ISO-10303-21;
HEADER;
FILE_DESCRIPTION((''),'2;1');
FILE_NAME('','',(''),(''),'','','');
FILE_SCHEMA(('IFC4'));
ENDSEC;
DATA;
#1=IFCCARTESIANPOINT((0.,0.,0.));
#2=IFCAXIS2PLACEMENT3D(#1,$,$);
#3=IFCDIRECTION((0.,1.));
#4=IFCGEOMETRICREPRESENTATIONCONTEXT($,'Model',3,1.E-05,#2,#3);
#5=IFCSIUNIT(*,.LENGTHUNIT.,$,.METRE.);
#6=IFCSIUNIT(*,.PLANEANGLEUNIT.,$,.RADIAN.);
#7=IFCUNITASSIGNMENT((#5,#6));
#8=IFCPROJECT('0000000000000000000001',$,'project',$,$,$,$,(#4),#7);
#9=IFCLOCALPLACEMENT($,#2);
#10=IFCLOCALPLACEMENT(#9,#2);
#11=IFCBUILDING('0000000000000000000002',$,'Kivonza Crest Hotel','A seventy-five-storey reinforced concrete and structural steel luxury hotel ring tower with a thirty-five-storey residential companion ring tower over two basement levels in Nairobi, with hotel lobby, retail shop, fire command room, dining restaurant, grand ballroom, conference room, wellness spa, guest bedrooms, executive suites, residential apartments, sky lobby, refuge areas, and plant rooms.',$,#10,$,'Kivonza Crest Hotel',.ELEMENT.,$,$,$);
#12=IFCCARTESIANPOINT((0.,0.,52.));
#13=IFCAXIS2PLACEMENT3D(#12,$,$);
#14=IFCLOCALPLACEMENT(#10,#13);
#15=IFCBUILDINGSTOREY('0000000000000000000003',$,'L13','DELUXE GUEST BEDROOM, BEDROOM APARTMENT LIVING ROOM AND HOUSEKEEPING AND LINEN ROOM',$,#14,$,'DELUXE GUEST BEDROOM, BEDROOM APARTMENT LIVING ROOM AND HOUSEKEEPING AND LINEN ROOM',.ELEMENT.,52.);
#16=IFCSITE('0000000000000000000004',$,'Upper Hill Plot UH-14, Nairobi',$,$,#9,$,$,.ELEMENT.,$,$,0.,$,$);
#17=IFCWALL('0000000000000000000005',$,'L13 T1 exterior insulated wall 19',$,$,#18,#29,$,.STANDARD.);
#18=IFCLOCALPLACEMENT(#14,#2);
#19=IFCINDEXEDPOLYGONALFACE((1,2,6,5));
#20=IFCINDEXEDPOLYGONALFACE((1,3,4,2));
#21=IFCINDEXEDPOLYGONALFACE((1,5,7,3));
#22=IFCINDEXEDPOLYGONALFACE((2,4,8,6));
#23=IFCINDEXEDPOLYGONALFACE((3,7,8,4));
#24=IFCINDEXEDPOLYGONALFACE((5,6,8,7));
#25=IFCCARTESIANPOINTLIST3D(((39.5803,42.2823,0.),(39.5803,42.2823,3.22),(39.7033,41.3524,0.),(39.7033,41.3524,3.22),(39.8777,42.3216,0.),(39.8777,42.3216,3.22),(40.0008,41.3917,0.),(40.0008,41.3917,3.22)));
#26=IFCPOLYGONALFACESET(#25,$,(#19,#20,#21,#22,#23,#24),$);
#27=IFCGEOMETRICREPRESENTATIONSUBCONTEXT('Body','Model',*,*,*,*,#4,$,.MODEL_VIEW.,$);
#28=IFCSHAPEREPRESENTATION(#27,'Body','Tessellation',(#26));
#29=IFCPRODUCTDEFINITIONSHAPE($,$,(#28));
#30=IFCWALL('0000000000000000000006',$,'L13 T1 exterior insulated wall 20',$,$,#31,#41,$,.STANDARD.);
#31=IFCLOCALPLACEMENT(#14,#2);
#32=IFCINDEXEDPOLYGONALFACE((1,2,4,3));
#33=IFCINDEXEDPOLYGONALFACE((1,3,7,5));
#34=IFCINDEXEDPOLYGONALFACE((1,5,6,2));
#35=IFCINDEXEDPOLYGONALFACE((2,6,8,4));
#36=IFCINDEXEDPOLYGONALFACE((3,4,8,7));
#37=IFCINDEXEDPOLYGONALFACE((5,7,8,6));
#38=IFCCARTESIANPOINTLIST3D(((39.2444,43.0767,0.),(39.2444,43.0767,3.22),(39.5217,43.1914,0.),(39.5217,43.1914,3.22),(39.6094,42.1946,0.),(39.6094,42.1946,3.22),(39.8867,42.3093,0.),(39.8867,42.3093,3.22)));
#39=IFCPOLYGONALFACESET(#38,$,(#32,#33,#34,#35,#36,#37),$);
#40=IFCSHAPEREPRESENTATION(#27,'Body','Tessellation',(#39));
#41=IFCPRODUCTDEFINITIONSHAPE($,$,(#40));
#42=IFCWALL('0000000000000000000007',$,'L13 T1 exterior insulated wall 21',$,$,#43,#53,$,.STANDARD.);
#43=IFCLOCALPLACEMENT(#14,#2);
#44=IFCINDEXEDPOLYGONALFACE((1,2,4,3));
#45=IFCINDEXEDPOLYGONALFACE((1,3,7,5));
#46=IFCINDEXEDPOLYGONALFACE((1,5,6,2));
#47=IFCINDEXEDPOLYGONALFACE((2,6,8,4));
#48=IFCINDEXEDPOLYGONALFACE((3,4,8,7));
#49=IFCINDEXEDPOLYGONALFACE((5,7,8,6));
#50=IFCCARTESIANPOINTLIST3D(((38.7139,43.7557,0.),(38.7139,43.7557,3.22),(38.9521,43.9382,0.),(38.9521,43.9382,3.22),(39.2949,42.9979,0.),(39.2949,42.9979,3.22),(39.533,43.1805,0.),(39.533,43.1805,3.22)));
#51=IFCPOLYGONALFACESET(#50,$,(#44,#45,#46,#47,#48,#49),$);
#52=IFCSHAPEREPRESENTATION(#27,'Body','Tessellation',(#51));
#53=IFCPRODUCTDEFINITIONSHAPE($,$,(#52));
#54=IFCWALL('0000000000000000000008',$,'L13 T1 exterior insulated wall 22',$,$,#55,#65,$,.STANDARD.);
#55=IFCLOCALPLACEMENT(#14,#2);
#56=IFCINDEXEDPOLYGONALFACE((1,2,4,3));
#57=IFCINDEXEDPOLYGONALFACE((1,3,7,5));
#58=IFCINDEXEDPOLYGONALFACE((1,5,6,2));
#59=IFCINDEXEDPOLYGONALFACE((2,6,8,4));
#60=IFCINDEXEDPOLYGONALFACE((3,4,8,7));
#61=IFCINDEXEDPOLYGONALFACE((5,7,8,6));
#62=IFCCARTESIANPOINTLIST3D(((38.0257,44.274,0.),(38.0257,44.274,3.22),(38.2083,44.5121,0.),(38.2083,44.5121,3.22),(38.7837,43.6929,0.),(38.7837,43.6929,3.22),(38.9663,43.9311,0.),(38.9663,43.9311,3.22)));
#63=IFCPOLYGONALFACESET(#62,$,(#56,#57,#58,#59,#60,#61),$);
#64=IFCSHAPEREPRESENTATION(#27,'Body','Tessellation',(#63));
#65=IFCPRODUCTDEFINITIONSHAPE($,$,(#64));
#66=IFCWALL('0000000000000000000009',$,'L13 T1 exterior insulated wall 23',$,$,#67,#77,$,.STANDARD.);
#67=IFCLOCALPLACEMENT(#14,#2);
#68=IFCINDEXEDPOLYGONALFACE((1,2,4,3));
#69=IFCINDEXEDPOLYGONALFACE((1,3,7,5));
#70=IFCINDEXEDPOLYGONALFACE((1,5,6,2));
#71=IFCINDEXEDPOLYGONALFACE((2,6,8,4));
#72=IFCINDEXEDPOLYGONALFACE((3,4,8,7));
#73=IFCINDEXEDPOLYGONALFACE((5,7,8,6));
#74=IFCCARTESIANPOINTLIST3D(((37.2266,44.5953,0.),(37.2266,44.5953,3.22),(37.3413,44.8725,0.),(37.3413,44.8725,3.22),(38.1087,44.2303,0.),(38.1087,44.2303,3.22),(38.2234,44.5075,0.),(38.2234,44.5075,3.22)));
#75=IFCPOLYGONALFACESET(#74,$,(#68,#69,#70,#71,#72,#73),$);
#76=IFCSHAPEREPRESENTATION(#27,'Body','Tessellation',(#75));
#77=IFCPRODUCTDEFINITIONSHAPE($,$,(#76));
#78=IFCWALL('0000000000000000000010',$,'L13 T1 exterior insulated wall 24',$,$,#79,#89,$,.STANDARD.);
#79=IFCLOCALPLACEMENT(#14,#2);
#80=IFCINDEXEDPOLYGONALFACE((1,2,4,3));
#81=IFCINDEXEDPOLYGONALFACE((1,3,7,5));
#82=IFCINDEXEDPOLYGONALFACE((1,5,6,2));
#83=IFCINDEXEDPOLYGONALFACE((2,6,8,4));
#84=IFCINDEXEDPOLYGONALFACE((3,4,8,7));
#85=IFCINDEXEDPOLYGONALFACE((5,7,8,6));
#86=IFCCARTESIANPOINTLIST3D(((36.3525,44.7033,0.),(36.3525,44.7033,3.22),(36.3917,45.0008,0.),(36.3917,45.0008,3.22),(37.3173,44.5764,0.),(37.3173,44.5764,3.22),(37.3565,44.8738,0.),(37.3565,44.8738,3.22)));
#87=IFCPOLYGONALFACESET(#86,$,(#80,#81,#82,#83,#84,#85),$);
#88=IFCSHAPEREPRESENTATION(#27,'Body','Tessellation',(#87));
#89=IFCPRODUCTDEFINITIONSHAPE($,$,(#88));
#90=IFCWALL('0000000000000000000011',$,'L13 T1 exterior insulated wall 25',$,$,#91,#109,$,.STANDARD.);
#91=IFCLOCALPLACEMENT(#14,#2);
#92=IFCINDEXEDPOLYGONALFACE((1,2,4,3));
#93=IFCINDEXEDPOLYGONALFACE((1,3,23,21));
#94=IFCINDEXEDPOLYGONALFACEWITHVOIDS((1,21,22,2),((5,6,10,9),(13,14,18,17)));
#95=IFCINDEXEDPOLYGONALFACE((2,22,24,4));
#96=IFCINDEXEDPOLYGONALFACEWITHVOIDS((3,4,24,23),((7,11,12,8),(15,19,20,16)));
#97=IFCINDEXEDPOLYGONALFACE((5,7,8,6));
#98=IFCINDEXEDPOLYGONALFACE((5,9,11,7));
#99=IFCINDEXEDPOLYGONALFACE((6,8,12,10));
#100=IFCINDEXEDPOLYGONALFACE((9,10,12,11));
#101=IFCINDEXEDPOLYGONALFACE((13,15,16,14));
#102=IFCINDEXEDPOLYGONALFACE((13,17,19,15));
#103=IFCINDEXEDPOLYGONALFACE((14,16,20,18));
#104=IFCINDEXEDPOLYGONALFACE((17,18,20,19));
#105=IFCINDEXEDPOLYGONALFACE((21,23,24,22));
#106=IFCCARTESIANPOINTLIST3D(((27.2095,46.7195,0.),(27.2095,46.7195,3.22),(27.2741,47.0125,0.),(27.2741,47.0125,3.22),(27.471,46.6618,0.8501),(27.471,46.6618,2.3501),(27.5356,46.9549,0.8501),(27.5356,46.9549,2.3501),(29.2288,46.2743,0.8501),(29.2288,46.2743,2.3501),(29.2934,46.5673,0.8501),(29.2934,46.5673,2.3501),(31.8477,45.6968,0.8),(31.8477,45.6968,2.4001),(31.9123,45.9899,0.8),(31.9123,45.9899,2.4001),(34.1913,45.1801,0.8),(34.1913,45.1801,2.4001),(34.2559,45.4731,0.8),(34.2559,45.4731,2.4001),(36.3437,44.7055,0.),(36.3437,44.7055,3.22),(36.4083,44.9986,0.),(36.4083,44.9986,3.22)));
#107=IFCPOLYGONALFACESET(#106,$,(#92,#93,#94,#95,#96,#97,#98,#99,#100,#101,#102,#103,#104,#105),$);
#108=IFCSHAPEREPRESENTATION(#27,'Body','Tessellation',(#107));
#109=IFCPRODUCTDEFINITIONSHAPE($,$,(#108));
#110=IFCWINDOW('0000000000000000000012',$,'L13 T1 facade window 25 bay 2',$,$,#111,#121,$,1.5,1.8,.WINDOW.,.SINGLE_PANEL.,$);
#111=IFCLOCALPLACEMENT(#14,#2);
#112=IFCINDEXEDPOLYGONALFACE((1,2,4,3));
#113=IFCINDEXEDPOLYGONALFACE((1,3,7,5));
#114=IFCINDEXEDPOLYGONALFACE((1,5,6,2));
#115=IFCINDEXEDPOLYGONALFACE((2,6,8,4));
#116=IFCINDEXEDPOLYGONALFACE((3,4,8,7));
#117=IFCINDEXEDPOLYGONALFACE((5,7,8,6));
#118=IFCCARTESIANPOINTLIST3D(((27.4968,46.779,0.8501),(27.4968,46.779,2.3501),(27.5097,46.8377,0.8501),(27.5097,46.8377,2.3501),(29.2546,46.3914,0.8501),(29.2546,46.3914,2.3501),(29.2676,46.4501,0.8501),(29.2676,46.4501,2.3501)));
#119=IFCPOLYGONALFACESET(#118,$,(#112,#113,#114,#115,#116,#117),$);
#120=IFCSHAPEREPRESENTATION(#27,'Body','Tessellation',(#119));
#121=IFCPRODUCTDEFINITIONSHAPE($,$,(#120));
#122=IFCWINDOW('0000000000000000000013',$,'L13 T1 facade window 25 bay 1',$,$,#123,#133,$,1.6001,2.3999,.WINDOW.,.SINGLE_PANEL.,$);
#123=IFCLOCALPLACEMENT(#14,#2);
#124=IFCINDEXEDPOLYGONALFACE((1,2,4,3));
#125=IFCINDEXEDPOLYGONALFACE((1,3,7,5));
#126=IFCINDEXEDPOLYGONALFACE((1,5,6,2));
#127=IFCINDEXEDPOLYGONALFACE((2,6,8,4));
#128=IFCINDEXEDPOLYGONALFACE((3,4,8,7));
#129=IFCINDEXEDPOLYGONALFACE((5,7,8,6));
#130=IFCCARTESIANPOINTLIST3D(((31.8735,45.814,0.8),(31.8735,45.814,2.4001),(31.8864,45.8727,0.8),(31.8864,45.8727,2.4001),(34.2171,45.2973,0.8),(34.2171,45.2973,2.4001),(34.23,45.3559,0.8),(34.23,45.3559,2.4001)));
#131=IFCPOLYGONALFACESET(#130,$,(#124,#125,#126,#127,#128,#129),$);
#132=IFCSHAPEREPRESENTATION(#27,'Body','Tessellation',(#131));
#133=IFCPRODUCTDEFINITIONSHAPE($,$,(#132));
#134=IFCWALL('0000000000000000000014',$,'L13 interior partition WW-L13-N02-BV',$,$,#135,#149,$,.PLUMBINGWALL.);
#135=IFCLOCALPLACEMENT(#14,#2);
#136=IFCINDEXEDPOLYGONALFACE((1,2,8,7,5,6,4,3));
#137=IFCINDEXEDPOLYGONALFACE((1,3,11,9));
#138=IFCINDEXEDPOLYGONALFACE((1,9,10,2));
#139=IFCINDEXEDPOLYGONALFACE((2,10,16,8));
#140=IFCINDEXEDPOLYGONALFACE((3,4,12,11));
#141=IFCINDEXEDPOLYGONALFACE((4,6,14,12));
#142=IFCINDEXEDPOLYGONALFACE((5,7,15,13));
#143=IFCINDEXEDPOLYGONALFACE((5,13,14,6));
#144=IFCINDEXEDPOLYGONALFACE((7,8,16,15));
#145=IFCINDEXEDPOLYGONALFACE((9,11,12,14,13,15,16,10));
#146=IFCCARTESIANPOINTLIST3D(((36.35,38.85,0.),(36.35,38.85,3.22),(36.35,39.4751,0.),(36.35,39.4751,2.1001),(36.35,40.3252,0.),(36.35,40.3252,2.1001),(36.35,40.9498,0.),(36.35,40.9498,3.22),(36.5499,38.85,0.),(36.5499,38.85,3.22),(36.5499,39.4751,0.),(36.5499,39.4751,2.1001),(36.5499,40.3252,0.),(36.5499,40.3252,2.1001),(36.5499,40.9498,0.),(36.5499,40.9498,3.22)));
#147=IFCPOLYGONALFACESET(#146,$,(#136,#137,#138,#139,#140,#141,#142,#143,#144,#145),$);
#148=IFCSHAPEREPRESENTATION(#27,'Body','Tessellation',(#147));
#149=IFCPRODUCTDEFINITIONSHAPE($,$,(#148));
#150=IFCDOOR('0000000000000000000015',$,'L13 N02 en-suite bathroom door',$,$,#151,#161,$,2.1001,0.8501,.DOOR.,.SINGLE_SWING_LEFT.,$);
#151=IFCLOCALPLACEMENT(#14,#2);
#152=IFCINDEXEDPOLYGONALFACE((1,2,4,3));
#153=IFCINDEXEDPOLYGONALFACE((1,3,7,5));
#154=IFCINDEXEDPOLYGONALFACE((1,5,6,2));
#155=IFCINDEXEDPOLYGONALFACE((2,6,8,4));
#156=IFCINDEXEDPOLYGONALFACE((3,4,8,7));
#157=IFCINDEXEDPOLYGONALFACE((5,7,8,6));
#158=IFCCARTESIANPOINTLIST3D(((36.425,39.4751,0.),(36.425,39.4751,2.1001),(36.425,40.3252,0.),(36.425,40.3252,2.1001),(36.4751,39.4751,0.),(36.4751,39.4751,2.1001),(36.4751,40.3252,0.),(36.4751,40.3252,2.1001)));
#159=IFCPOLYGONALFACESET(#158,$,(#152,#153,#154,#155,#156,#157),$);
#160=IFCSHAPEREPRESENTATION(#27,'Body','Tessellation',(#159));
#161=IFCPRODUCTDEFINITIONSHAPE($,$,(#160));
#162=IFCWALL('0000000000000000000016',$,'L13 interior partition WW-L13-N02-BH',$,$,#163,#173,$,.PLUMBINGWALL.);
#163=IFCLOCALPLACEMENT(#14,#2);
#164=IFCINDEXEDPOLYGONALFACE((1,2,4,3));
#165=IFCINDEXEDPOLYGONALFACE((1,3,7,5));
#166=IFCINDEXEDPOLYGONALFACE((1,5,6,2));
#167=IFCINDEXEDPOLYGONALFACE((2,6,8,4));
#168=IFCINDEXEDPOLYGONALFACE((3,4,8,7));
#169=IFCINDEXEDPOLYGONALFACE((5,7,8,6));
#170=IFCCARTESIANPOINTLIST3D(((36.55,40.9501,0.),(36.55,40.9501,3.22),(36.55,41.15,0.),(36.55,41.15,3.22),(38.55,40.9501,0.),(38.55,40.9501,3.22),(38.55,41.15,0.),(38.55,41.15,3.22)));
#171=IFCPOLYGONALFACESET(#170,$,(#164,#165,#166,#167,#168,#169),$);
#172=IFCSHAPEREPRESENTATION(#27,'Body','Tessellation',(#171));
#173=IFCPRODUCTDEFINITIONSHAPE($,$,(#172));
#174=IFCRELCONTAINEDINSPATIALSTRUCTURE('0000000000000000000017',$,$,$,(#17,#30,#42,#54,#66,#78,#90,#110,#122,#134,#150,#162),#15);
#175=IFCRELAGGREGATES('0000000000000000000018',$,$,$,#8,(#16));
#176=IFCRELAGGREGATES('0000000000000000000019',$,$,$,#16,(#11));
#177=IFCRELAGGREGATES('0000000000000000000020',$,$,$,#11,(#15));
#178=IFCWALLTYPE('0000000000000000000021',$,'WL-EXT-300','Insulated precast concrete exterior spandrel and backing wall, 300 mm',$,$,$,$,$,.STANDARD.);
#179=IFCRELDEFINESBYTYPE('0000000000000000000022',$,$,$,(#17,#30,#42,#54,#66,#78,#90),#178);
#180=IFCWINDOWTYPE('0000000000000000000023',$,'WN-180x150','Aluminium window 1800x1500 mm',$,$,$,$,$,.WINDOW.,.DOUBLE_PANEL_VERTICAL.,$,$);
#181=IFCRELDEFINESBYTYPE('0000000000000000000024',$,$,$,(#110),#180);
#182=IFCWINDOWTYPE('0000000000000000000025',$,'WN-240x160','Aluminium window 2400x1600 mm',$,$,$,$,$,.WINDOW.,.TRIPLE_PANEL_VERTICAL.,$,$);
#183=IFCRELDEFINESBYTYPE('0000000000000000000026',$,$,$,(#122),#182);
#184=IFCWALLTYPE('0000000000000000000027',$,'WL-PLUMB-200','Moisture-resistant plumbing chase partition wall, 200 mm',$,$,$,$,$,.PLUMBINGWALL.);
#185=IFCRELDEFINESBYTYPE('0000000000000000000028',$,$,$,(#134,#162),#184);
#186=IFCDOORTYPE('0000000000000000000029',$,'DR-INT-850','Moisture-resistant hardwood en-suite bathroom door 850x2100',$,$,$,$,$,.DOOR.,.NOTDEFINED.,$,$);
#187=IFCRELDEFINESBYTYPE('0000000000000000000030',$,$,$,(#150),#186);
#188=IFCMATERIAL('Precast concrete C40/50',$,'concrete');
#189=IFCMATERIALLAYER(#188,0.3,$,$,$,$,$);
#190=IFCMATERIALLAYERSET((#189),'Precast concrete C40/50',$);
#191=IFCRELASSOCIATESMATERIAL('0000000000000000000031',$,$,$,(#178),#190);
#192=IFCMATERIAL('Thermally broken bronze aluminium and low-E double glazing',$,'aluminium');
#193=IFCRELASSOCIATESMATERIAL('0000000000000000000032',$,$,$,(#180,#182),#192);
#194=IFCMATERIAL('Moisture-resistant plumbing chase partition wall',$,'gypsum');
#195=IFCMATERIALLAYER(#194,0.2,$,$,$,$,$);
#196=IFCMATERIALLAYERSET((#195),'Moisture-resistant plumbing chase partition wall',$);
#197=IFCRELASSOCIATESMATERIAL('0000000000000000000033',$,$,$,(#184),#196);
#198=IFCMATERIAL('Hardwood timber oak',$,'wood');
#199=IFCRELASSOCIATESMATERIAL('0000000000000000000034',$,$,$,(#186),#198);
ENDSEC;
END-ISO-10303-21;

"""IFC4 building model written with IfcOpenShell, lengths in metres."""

from ifc_helpers import new_model, si_unit, direction, frame, frame_2d, origin, place, context, subcontext, project, spatial, rectangle, extrude, material, layer, layer_set, type_object, element, fill, save


model = new_model("IFC4")

# Units and contexts
model_context = context("Model", 3, precision=1e-05, world=origin(), true_north=direction((0.0, 1.0)))
body_context = subcontext(model_context, "Body", "Model", "MODEL_VIEW")
ifc_project = project(units=[si_unit("LENGTHUNIT", "METRE"), si_unit("PLANEANGLEUNIT", "RADIAN")], contexts=[model_context])

# Site, building, storey
site_placement = place(None, origin())
site = spatial("IfcSite", under=ifc_project, at=site_placement, Name="Upper Hill Plot UH-14, Nairobi", CompositionType="ELEMENT", RefElevation=0.0)
building_placement = place(site_placement, origin())
building = spatial("IfcBuilding", under=site, at=building_placement, Name="Kivonza Crest Hotel", Description="A seventy-five-storey reinforced concrete and structural steel luxury hotel ring tower with a thirty-five-storey residential companion ring tower over two basement levels in Nairobi, with hotel lobby, retail shop, fire command room, dining restaurant, grand ballroom, conference room, wellness spa, guest bedrooms, executive suites, residential apartments, sky lobby, refuge areas, and plant rooms.", LongName="Kivonza Crest Hotel", CompositionType="ELEMENT")
storey_placement = place(building_placement, frame((0.0, 0.0, 52.0)))
storey = spatial("IfcBuildingStorey", under=building, at=storey_placement, Name="L13", Description="DELUXE GUEST BEDROOM, BEDROOM APARTMENT LIVING ROOM AND HOUSEKEEPING AND LINEN ROOM", LongName="DELUXE GUEST BEDROOM, BEDROOM APARTMENT LIVING ROOM AND HOUSEKEEPING AND LINEN ROOM", CompositionType="ELEMENT", Elevation=52.0)

# Shared definitions
ifc_material_1 = material(Name="Hardwood timber oak", Category="wood")

# Walls
ifc_material_2 = material(Name="Precast concrete C40/50", Category="concrete")
ifc_layer_1 = layer(ifc_material_2, 0.3)
ifc_layer_set_1 = layer_set([ifc_layer_1], Name="Precast concrete C40/50")
wall_type_1 = type_object("IfcWallType", Name="WL-EXT-300", Description="Insulated precast concrete exterior spandrel and backing wall, 300 mm", PredefinedType="STANDARD", material=ifc_layer_set_1)
wall_1_placement = place(storey_placement, frame((39.8521, 41.3721, 0.0), z_axis=(0.0, 0.0, 1.0), x_axis=(-0.131175, 0.991359, 0.0)))
element("IfcWall", 1, at=wall_1_placement, inside=storey, type_object=wall_type_1, Name="L13 T1 exterior insulated wall 19", PredefinedType="STANDARD", context=body_context, shape_type="SweptSolid", body=[
    extrude(rectangle(XDim=0.938, YDim=0.3, at=frame_2d((0.469, 0.0))), origin(), (0.0, 0.0, 1.0), 3.22),
])
wall_2_placement = place(storey_placement, frame((39.748, 42.252, 0.0), z_axis=(0.0, 0.0, 1.0), x_axis=(-0.382344, 0.92402, 0.0)))
element("IfcWall", 2, at=wall_2_placement, inside=storey, type_object=wall_type_1, Name="L13 T1 exterior insulated wall 20", PredefinedType="STANDARD", context=body_context, shape_type="SweptSolid", body=[
    extrude(rectangle(XDim=0.9546, YDim=0.3, at=frame_2d((0.4773, 0.0))), origin(), (0.0, 0.0, 1.0), 3.22),
])
wall_3_placement = place(storey_placement, frame((39.4141, 43.0891, 0.0), z_axis=(0.0, 0.0, 1.0), x_axis=(-0.608474, 0.793573, 0.0)))
element("IfcWall", 3, at=wall_3_placement, inside=storey, type_object=wall_type_1, Name="L13 T1 exterior insulated wall 21", PredefinedType="STANDARD", context=body_context, shape_type="SweptSolid", body=[
    extrude(rectangle(XDim=0.9548, YDim=0.3, at=frame_2d((0.4775, 0.0))), origin(), (0.0, 0.0, 1.0), 3.22),
])
wall_4_placement = place(storey_placement, frame((38.875, 43.812, 0.0), z_axis=(0.0, 0.0, 1.0), x_axis=(-0.793668, 0.608351, 0.0)))
element("IfcWall", 4, at=wall_4_placement, inside=storey, type_object=wall_type_1, Name="L13 T1 exterior insulated wall 22", PredefinedType="STANDARD", context=body_context, shape_type="SweptSolid", body=[
    extrude(rectangle(XDim=0.9551, YDim=0.3, at=frame_2d((0.4775, 0.0))), origin(), (0.0, 0.0, 1.0), 3.22),
])
wall_5_placement = place(storey_placement, frame((38.166, 44.3689, 0.0), z_axis=(0.0, 0.0, 1.0), x_axis=(-0.92402, 0.382344, 0.0)))
element("IfcWall", 5, at=wall_5_placement, inside=storey, type_object=wall_type_1, Name="L13 T1 exterior insulated wall 23", PredefinedType="STANDARD", context=body_context, shape_type="SweptSolid", body=[
    extrude(rectangle(XDim=0.9546, YDim=0.3, at=frame_2d((0.4773, 0.0))), origin(), (0.0, 0.0, 1.0), 3.22),
])
wall_6_placement = place(storey_placement, frame((37.3369, 44.7251, 0.0), z_axis=(0.0, 0.0, 1.0), x_axis=(-0.991454, 0.130455, 0.0)))
element("IfcWall", 6, at=wall_6_placement, inside=storey, type_object=wall_type_1, Name="L13 T1 exterior insulated wall 24", PredefinedType="STANDARD", context=body_context, shape_type="SweptSolid", body=[
    extrude(rectangle(XDim=0.9731, YDim=0.3, at=frame_2d((0.4866, 0.0))), origin(), (0.0, 0.0, 1.0), 3.22),
])

# Wall, openings, windows
wall_7_placement = place(storey_placement, frame((36.376, 44.8521, 0.0), z_axis=(0.0, 0.0, 1.0), x_axis=(-0.976545, 0.215313, 0.0)))
wall_7 = element("IfcWall", 7, at=wall_7_placement, inside=storey, type_object=wall_type_1, Name="L13 T1 exterior insulated wall 25", PredefinedType="STANDARD", context=body_context, shape_type="SweptSolid", body=[
    extrude(rectangle(XDim=9.3535, YDim=0.3, at=frame_2d((4.6768, 0.0))), origin(), (0.0, 0.0, 1.0), 3.22),
])
opening_1_placement = place(wall_7_placement, frame((2.2041, 0.0, 0.8)))
opening_1 = element("IfcOpeningElement", 8, at=opening_1_placement, cuts=wall_7, PredefinedType="OPENING", context=body_context, shape_type="SweptSolid", body=[
    extrude(rectangle(XDim=2.3999, YDim=1.6001, at=frame_2d((1.2, 0.8))), frame((0.0, 0.1602, 0.0), z_axis=(0.0, -1.0, 0.0), x_axis=(1.0, 0.0, 0.0)), (0.0, 0.0, 1.0), 0.3201),
])
opening_2_placement = place(wall_7_placement, frame((7.2859, 0.0, 0.8501)))
opening_2 = element("IfcOpeningElement", 9, at=opening_2_placement, cuts=wall_7, PredefinedType="OPENING", context=body_context, shape_type="SweptSolid", body=[
    extrude(rectangle(XDim=1.8, YDim=1.5, at=frame_2d((0.8999, 0.75))), frame((0.0, 0.1602, 0.0), z_axis=(0.0, -1.0, 0.0), x_axis=(1.0, 0.0, 0.0)), (0.0, 0.0, 1.0), 0.3201),
])
ifc_material_3 = material(Name="Thermally broken bronze aluminium and low-E double glazing", Category="aluminium")
window_type_1 = type_object("IfcWindowType", Name="WN-180x150", Description="Aluminium window 1800x1500 mm", PartitioningType="DOUBLE_PANEL_VERTICAL", PredefinedType="WINDOW", material=ifc_material_3)
window_1_placement = place(opening_2_placement, origin())
window_1 = element("IfcWindow", 10, at=window_1_placement, inside=storey, type_object=window_type_1, Name="L13 T1 facade window 25 bay 2", OverallHeight=1.5, OverallWidth=1.8, PartitioningType="SINGLE_PANEL", PredefinedType="WINDOW", context=body_context, shape_type="SweptSolid", body=[
    extrude(rectangle(XDim=1.8, YDim=1.5, at=frame_2d((0.8999, 0.75))), frame((0.0, 0.03, 0.0), z_axis=(0.0, -1.0, 0.0), x_axis=(1.0, 0.0, 0.0)), (0.0, 0.0, 1.0), 0.0601),
])
fill(opening_2, window_1)
window_type_2 = type_object("IfcWindowType", Name="WN-240x160", Description="Aluminium window 2400x1600 mm", PartitioningType="TRIPLE_PANEL_VERTICAL", PredefinedType="WINDOW", material=ifc_material_3)
window_2_placement = place(opening_1_placement, origin())
window_2 = element("IfcWindow", 11, at=window_2_placement, inside=storey, type_object=window_type_2, Name="L13 T1 facade window 25 bay 1", OverallHeight=1.6001, OverallWidth=2.3999, PartitioningType="SINGLE_PANEL", PredefinedType="WINDOW", context=body_context, shape_type="SweptSolid", body=[
    extrude(rectangle(XDim=2.3999, YDim=1.6001, at=frame_2d((1.2, 0.8))), frame((0.0, 0.03, 0.0), z_axis=(0.0, -1.0, 0.0), x_axis=(1.0, 0.0, 0.0)), (0.0, 0.0, 1.0), 0.0601),
])
fill(opening_1, window_2)

# Wall, opening, door
ifc_material_4 = material(Name="Moisture-resistant plumbing chase partition wall", Category="gypsum")
ifc_layer_2 = layer(ifc_material_4, 0.2)
ifc_layer_set_2 = layer_set([ifc_layer_2], Name="Moisture-resistant plumbing chase partition wall")
wall_type_2 = type_object("IfcWallType", Name="WL-PLUMB-200", Description="Moisture-resistant plumbing chase partition wall, 200 mm", PredefinedType="PLUMBINGWALL", material=ifc_layer_set_2)
wall_8_placement = place(storey_placement, frame((36.45, 38.8501, 0.0), z_axis=(0.0, 0.0, 1.0), x_axis=(0.0, 1.0, 0.0)))
wall_8 = element("IfcWall", 12, at=wall_8_placement, inside=storey, type_object=wall_type_2, Name="L13 interior partition WW-L13-N02-BV", PredefinedType="PLUMBINGWALL", context=body_context, shape_type="SweptSolid", body=[
    extrude(rectangle(XDim=2.0999, YDim=0.2, at=frame_2d((1.0498, 0.0))), origin(), (0.0, 0.0, 1.0), 3.22),
])
opening_3_placement = place(wall_8_placement, frame((0.625, 0.0, 0.0)))
opening_3 = element("IfcOpeningElement", 13, at=opening_3_placement, cuts=wall_8, PredefinedType="OPENING", context=body_context, shape_type="SweptSolid", body=[
    extrude(rectangle(XDim=0.8501, YDim=2.1001, at=frame_2d((0.425, 1.05))), frame((0.0, 0.1099, 0.0), z_axis=(0.0, -1.0, 0.0), x_axis=(1.0, 0.0, 0.0)), (0.0, 0.0, 1.0), 0.22),
])
door_type_1 = type_object("IfcDoorType", Name="DR-INT-850", Description="Moisture-resistant hardwood en-suite bathroom door 850x2100", OperationType="NOTDEFINED", PredefinedType="DOOR", material=ifc_material_1)
door_1_placement = place(opening_3_placement, origin())
door_1 = element("IfcDoor", 14, at=door_1_placement, inside=storey, type_object=door_type_1, Name="L13 N02 en-suite bathroom door", OperationType="SINGLE_SWING_LEFT", OverallHeight=2.1001, OverallWidth=0.8501, PredefinedType="DOOR", context=body_context, shape_type="SweptSolid", body=[
    extrude(rectangle(XDim=0.8501, YDim=2.1001, at=frame_2d((0.425, 1.05))), frame((0.0, 0.0249, 0.0), z_axis=(0.0, -1.0, 0.0), x_axis=(1.0, 0.0, 0.0)), (0.0, 0.0, 1.0), 0.05),
])
fill(opening_3, door_1)

# Wall
wall_9_placement = place(storey_placement, frame((36.55, 41.05, 0.0), z_axis=(0.0, 0.0, 1.0), x_axis=(1.0, 0.0, 0.0)))
element("IfcWall", 15, at=wall_9_placement, inside=storey, type_object=wall_type_2, Name="L13 interior partition WW-L13-N02-BH", PredefinedType="PLUMBINGWALL", context=body_context, shape_type="SweptSolid", body=[
    extrude(rectangle(XDim=2.0, YDim=0.2, at=frame_2d((1.0, 0.0))), origin(), (0.0, 0.0, 1.0), 3.22),
])

save(model, "model.ifc")
